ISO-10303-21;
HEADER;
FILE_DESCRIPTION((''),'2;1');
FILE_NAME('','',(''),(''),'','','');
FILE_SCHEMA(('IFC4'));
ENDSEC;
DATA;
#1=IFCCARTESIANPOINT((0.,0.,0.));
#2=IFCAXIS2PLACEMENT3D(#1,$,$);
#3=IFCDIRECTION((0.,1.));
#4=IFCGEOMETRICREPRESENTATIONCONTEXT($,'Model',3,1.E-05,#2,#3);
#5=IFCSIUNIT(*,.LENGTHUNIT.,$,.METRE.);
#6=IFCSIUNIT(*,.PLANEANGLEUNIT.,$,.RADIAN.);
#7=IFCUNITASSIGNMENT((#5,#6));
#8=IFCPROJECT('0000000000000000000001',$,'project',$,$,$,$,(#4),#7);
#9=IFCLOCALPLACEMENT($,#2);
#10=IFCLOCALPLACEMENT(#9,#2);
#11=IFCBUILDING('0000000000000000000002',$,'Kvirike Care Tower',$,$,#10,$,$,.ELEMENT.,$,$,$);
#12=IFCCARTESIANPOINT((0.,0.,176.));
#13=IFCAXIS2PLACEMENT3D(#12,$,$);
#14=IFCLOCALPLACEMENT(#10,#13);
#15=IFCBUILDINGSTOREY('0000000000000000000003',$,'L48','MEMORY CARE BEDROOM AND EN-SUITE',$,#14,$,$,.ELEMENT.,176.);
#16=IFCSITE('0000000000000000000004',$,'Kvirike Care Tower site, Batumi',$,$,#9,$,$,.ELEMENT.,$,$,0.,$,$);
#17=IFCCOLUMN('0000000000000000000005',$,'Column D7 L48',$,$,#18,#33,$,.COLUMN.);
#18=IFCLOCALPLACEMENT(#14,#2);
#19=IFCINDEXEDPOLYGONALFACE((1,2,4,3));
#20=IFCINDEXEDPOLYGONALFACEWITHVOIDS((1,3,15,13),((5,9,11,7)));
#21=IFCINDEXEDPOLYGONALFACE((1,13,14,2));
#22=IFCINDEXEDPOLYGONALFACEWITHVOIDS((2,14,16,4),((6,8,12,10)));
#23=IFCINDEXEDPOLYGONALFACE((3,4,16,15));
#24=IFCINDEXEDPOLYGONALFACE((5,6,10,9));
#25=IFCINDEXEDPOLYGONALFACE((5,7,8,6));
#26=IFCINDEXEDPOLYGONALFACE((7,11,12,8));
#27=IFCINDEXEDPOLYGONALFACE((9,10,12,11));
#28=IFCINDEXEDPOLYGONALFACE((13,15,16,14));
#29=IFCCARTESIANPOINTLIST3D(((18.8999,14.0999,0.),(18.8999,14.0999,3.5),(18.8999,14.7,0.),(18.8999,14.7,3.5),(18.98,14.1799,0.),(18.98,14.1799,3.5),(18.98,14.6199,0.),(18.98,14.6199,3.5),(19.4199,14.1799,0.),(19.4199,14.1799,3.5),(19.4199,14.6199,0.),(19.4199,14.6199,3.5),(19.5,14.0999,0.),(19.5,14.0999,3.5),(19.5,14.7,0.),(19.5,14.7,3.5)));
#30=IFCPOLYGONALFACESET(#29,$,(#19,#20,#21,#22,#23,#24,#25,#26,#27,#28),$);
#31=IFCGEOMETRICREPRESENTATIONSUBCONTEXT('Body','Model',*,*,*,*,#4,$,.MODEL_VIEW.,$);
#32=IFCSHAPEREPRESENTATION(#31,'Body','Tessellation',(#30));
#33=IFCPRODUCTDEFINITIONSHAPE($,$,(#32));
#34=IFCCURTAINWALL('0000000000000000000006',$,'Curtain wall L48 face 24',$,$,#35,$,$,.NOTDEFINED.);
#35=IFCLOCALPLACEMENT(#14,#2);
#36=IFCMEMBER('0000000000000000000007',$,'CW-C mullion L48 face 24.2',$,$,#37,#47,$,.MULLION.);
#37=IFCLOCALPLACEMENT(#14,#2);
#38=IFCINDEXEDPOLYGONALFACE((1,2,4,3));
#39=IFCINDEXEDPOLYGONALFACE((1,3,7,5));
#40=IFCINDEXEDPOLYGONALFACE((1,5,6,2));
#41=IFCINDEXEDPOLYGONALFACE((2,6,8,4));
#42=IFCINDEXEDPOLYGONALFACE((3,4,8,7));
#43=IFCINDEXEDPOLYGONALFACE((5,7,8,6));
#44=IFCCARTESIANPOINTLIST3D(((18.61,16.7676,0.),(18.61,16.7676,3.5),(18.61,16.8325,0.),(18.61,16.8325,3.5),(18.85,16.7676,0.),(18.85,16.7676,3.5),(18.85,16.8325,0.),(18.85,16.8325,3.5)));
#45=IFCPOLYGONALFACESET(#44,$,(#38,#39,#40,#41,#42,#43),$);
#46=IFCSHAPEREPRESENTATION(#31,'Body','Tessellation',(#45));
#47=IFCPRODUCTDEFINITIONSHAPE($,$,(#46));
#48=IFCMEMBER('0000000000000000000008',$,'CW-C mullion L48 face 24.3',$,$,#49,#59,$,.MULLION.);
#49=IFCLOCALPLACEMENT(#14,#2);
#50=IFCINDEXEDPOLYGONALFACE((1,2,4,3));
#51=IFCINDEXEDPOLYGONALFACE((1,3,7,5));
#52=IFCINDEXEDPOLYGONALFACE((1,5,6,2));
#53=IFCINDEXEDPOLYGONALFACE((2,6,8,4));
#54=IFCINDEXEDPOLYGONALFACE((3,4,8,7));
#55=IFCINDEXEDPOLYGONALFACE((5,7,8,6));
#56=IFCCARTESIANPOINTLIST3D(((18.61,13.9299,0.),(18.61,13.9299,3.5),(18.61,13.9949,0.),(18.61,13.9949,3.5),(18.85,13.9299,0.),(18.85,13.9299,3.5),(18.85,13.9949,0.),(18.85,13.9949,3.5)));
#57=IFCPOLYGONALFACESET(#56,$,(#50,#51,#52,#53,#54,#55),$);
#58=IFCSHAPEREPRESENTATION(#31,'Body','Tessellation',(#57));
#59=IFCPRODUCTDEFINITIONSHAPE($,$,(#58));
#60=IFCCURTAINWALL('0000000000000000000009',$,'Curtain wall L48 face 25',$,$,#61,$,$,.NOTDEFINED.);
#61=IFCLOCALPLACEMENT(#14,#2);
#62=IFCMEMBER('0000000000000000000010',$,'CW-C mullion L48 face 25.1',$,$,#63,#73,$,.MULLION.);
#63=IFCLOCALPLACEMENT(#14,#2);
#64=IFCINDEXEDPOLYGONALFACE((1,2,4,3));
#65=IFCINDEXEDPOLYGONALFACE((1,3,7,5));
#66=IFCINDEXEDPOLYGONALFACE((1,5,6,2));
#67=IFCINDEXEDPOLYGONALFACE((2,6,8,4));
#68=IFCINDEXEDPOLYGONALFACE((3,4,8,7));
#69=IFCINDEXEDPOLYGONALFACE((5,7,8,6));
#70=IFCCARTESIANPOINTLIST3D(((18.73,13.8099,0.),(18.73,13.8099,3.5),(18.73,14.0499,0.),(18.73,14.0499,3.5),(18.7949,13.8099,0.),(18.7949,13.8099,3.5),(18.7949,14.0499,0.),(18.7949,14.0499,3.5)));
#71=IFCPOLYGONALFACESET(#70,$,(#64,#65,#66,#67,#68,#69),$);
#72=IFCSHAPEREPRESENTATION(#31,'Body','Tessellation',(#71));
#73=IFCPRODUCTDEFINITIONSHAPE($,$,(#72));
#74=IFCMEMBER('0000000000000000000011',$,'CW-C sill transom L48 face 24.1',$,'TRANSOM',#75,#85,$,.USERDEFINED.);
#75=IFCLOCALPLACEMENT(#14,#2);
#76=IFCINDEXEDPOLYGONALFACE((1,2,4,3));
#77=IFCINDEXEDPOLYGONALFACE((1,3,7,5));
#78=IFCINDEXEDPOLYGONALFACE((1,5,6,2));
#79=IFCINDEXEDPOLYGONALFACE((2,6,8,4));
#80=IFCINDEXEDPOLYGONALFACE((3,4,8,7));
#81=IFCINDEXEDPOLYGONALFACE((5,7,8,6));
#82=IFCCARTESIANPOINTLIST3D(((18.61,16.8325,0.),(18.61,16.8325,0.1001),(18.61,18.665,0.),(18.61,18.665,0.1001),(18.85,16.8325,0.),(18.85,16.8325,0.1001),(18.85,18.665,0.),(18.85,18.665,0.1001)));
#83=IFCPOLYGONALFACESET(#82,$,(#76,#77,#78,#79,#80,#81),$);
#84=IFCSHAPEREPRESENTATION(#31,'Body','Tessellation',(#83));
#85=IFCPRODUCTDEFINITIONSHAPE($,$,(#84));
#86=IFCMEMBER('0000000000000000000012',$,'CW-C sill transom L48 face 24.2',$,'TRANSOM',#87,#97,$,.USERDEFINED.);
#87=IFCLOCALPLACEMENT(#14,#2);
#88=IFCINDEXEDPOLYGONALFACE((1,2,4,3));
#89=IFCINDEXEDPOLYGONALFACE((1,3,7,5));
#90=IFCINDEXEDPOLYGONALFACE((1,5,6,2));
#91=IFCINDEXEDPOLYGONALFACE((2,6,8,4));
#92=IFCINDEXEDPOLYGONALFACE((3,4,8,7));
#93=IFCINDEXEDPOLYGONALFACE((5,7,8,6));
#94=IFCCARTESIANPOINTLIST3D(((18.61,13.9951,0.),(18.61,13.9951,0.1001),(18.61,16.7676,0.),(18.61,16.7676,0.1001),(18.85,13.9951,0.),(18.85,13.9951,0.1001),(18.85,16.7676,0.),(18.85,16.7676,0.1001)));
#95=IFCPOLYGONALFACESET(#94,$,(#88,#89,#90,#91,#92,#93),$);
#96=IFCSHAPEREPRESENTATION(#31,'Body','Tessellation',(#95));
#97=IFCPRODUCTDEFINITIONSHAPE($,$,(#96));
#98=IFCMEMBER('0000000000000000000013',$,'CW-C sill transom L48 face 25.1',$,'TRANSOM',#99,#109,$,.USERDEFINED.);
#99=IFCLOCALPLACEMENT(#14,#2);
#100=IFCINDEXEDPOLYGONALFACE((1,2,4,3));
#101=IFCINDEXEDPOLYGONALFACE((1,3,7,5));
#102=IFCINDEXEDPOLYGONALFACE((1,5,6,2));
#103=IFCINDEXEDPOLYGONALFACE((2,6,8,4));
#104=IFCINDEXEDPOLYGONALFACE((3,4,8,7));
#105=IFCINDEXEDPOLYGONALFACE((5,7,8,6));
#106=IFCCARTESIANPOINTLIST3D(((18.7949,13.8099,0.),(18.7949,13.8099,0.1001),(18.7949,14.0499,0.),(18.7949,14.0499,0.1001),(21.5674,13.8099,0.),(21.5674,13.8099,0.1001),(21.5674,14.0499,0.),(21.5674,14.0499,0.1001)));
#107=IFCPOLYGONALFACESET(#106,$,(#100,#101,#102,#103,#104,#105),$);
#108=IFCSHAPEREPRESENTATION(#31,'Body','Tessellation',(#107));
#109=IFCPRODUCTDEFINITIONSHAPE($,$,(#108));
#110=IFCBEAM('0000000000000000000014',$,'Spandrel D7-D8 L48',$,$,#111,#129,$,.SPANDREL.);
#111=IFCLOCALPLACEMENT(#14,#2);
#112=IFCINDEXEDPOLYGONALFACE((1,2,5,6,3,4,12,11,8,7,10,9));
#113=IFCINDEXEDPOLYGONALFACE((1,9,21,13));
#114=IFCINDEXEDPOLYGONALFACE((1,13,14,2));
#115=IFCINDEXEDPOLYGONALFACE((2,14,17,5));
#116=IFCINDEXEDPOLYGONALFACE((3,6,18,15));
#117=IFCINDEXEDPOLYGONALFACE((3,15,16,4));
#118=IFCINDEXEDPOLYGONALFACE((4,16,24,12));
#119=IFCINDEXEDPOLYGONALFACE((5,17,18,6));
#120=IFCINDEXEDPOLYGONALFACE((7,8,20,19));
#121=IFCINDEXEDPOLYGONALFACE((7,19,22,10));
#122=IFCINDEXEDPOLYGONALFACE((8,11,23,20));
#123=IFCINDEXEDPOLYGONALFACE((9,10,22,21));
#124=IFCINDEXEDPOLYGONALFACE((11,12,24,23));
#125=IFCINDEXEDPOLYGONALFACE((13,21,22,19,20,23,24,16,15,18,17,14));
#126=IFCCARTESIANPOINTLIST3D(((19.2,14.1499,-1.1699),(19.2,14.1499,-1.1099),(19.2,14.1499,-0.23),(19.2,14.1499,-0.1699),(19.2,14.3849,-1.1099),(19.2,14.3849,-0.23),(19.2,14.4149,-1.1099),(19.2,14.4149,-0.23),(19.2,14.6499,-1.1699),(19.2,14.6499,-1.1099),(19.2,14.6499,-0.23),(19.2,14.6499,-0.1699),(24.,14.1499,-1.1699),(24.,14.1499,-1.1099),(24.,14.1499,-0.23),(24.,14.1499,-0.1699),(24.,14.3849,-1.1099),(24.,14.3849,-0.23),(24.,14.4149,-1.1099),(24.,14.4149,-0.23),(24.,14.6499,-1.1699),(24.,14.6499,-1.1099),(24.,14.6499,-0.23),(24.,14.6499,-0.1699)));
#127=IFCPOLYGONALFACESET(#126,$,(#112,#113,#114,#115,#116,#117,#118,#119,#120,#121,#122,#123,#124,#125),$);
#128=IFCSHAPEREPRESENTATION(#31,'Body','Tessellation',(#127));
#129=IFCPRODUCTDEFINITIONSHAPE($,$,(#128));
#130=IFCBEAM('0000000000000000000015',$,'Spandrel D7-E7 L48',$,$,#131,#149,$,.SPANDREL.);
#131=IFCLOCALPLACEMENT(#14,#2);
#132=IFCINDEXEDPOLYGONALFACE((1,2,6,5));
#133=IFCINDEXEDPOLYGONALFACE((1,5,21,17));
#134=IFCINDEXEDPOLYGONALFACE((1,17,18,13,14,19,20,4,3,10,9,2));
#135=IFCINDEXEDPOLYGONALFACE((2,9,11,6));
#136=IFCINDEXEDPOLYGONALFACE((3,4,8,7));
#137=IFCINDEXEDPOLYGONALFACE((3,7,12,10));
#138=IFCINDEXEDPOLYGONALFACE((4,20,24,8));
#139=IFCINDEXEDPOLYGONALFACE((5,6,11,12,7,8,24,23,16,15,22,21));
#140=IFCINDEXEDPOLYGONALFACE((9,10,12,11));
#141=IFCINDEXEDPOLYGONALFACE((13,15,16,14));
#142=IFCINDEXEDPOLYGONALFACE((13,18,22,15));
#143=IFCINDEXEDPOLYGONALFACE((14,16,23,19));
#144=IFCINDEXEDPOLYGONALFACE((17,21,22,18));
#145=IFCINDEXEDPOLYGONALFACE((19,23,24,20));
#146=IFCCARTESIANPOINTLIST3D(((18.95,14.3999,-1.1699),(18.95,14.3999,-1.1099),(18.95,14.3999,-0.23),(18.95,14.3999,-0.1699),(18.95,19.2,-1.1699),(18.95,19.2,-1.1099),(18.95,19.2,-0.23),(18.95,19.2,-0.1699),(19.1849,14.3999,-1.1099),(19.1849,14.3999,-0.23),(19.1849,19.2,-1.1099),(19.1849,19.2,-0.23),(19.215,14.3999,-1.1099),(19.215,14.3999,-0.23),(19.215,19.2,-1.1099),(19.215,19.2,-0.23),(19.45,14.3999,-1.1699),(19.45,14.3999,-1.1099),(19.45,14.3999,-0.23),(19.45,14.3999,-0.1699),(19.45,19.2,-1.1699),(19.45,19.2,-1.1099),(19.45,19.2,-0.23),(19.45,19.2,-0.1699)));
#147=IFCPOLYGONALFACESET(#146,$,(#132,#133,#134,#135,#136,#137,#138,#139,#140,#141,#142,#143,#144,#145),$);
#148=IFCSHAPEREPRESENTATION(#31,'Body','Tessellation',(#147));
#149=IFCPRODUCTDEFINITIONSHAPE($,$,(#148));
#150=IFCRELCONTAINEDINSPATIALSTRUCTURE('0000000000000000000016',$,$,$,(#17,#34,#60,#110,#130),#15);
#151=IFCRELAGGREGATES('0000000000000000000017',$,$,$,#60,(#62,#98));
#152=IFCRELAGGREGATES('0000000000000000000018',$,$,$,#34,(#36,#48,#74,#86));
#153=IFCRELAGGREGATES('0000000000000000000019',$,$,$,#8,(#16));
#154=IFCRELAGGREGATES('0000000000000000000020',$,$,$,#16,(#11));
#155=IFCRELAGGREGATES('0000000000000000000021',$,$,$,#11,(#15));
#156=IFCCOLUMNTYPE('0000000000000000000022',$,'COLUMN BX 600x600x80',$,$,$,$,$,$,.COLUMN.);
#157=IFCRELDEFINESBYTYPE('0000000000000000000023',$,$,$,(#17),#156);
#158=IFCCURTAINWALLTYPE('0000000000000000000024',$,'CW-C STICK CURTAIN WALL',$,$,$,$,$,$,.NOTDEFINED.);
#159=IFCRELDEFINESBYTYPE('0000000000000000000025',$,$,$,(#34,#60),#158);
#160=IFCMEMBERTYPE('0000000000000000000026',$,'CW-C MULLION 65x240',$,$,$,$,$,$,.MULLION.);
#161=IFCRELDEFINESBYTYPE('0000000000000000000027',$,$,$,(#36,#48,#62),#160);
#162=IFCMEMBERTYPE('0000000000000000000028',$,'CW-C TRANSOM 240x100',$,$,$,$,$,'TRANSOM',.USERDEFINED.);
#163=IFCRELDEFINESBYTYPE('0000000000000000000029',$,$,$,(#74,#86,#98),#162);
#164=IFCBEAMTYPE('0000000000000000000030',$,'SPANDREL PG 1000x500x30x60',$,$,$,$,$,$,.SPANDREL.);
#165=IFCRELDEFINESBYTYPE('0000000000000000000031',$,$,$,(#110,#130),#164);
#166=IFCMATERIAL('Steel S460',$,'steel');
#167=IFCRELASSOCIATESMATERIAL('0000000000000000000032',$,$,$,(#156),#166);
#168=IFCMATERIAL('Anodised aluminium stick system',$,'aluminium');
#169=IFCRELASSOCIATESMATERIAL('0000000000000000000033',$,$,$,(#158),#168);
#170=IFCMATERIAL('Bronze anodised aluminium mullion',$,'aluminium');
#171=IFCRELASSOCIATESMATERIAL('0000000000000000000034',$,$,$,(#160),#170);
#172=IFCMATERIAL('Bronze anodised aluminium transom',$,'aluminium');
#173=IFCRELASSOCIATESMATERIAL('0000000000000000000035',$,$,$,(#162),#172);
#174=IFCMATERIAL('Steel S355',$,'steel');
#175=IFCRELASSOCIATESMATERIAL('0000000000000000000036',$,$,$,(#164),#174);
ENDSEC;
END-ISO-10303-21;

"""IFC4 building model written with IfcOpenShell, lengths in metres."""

from ifc_helpers import new_model, si_unit, direction, frame, origin, origin_2d, place, context, subcontext, project, spatial, rectangle, hollow_rectangle, i_section, extrude, material, material_profile, profile_set, type_object, element, aggregate, save


model = new_model("IFC4")

# Units and contexts
model_context = context("Model", 3, precision=1e-05, world=origin(), true_north=direction((0.0, 1.0)))
body_context = subcontext(model_context, "Body", "Model", "MODEL_VIEW")
ifc_project = project(units=[si_unit("LENGTHUNIT", "METRE"), si_unit("PLANEANGLEUNIT", "RADIAN")], contexts=[model_context])

# Site, building, storey
site_placement = place(None, origin())
site = spatial("IfcSite", under=ifc_project, at=site_placement, Name="Kvirike Care Tower site, Batumi", CompositionType="ELEMENT", RefElevation=0.0)
building_placement = place(site_placement, origin())
building = spatial("IfcBuilding", under=site, at=building_placement, Name="Kvirike Care Tower", CompositionType="ELEMENT")
storey_placement = place(building_placement, frame((0.0, 0.0, 176.0)))
storey = spatial("IfcBuildingStorey", under=building, at=storey_placement, Name="L48", Description="MEMORY CARE BEDROOM AND EN-SUITE", CompositionType="ELEMENT", Elevation=176.0)

# Column
ifc_material_1 = material(Name="Steel S460", Category="steel")
ifc_material_profile_1 = material_profile(ifc_material_1, hollow_rectangle(XDim=0.6001, YDim=0.6001, WallThickness=0.0801, at=origin_2d()), Name="BX 600x600x80")
ifc_profile_set_1 = profile_set([ifc_material_profile_1], Name="Steel S460")
column_type = type_object("IfcColumnType", Name="COLUMN BX 600x600x80", PredefinedType="COLUMN", material=ifc_profile_set_1)
column_placement = place(storey_placement, frame((19.2, 14.3999, 0.0), z_axis=(0.0, 0.0, 1.0), x_axis=(0.0, 1.0, 0.0)))
element("IfcColumn", 1, at=column_placement, inside=storey, type_object=column_type, Name="Column D7 L48", PredefinedType="COLUMN", context=body_context, shape_type="SweptSolid", body=[
    extrude(hollow_rectangle(XDim=0.6001, YDim=0.6001, WallThickness=0.0801, at=origin_2d()), origin(), (0.0, 0.0, 1.0), 3.5),
])

# Curtain wall, members
ifc_material_2 = material(Name="Anodised aluminium stick system", Category="aluminium")
curtain_wall_type = type_object("IfcCurtainWallType", Name="CW-C STICK CURTAIN WALL", PredefinedType="NOTDEFINED", material=ifc_material_2)
curtain_wall_1_placement = place(storey_placement, origin())
curtain_wall_1 = element("IfcCurtainWall", 2, at=curtain_wall_1_placement, inside=storey, type_object=curtain_wall_type, Name="Curtain wall L48 face 24", PredefinedType="NOTDEFINED")
ifc_material_3 = material(Name="Bronze anodised aluminium mullion", Category="aluminium")
ifc_material_profile_2 = material_profile(ifc_material_3, rectangle(XDim=0.0649, YDim=0.24, at=origin_2d()), Name="CW-C MULLION 65x240")
ifc_profile_set_2 = profile_set([ifc_material_profile_2], Name="Bronze anodised aluminium mullion")
member_type_1 = type_object("IfcMemberType", Name="CW-C MULLION 65x240", PredefinedType="MULLION", material=ifc_profile_set_2)
member_1_placement = place(storey_placement, frame((18.73, 16.8, 0.0), z_axis=(0.0, 0.0, 1.0), x_axis=(0.0, -1.0, 0.0)))
member_1 = element("IfcMember", 3, at=member_1_placement, type_object=member_type_1, Name="CW-C mullion L48 face 24.2", PredefinedType="MULLION", context=body_context, shape_type="SweptSolid", body=[
    extrude(rectangle(XDim=0.0649, YDim=0.24, at=origin_2d()), origin(), (0.0, 0.0, 1.0), 3.5),
])
member_2_placement = place(storey_placement, frame((18.73, 13.9624, 0.0), z_axis=(0.0, 0.0, 1.0), x_axis=(0.0, -1.0, 0.0)))
member_2 = element("IfcMember", 4, at=member_2_placement, type_object=member_type_1, Name="CW-C mullion L48 face 24.3", PredefinedType="MULLION", context=body_context, shape_type="SweptSolid", body=[
    extrude(rectangle(XDim=0.0649, YDim=0.24, at=origin_2d()), origin(), (0.0, 0.0, 1.0), 3.5),
])

# Curtain wall, member
curtain_wall_2_placement = place(storey_placement, origin())
curtain_wall_2 = element("IfcCurtainWall", 5, at=curtain_wall_2_placement, inside=storey, type_object=curtain_wall_type, Name="Curtain wall L48 face 25", PredefinedType="NOTDEFINED")
member_3_placement = place(storey_placement, frame((18.7625, 13.9299, 0.0), z_axis=(0.0, 0.0, 1.0), x_axis=(1.0, 0.0, 0.0)))
member_3 = element("IfcMember", 6, at=member_3_placement, type_object=member_type_1, Name="CW-C mullion L48 face 25.1", PredefinedType="MULLION", context=body_context, shape_type="SweptSolid", body=[
    extrude(rectangle(XDim=0.0649, YDim=0.24, at=origin_2d()), origin(), (0.0, 0.0, 1.0), 3.5),
])

# Members
ifc_material_4 = material(Name="Bronze anodised aluminium transom", Category="aluminium")
ifc_material_profile_3 = material_profile(ifc_material_4, rectangle(XDim=0.24, YDim=0.1001, at=origin_2d()), Name="CW-C TRANSOM 240x100")
ifc_profile_set_3 = profile_set([ifc_material_profile_3], Name="Bronze anodised aluminium transom")
member_type_2 = type_object("IfcMemberType", Name="CW-C TRANSOM 240x100", ElementType="TRANSOM", PredefinedType="USERDEFINED", material=ifc_profile_set_3)
member_4_placement = place(storey_placement, frame((18.73, 18.665, 0.05), z_axis=(0.0, -1.0, 0.0), x_axis=(1.0, 0.0, 0.0)))
member_4 = element("IfcMember", 7, at=member_4_placement, type_object=member_type_2, Name="CW-C sill transom L48 face 24.1", ObjectType="TRANSOM", PredefinedType="USERDEFINED", context=body_context, shape_type="SweptSolid", body=[
    extrude(rectangle(XDim=0.24, YDim=0.1001, at=origin_2d()), origin(), (0.0, 0.0, 1.0), 1.8325),
])
member_5_placement = place(storey_placement, frame((18.73, 16.7676, 0.05), z_axis=(0.0, -1.0, 0.0), x_axis=(1.0, 0.0, 0.0)))
member_5 = element("IfcMember", 8, at=member_5_placement, type_object=member_type_2, Name="CW-C sill transom L48 face 24.2", ObjectType="TRANSOM", PredefinedType="USERDEFINED", context=body_context, shape_type="SweptSolid", body=[
    extrude(rectangle(XDim=0.24, YDim=0.1001, at=origin_2d()), origin(), (0.0, 0.0, 1.0), 2.7725),
])
member_6_placement = place(storey_placement, frame((18.7949, 13.9299, 0.05), z_axis=(1.0, 0.0, 0.0), x_axis=(0.0, 1.0, 0.0)))
member_6 = element("IfcMember", 9, at=member_6_placement, type_object=member_type_2, Name="CW-C sill transom L48 face 25.1", ObjectType="TRANSOM", PredefinedType="USERDEFINED", context=body_context, shape_type="SweptSolid", body=[
    extrude(rectangle(XDim=0.24, YDim=0.1001, at=origin_2d()), origin(), (0.0, 0.0, 1.0), 2.7725),
])
aggregate(curtain_wall_2, [member_3, member_6])

# Beams
ifc_material_5 = material(Name="Steel S355", Category="steel")
ifc_material_profile_4 = material_profile(ifc_material_5, i_section(OverallWidth=0.5, OverallDepth=1.0, WebThickness=0.03, FlangeThickness=0.0601, at=origin_2d()), Name="PG 1000x500x30x60")
ifc_profile_set_4 = profile_set([ifc_material_profile_4], Name="Steel S355")
beam_type = type_object("IfcBeamType", Name="SPANDREL PG 1000x500x30x60", PredefinedType="SPANDREL", material=ifc_profile_set_4)
for number, where, z_axis, x_axis, name in (
    (10, (19.2, 14.3999, -0.6699), (1.0, 0.0, 0.0), (0.0, 1.0, 0.0), "Spandrel D7-D8 L48"),
    (11, (19.2, 14.3999, -0.6699), (0.0, 1.0, 0.0), (-1.0, 0.0, 0.0), "Spandrel D7-E7 L48"),
):
    element("IfcBeam", number, at=place(storey_placement, frame(where, z_axis=z_axis, x_axis=x_axis)), inside=storey, type_object=beam_type, Name=name, PredefinedType="SPANDREL", context=body_context, shape_type="SweptSolid", body=[
        extrude(i_section(OverallWidth=0.5, OverallDepth=1.0, WebThickness=0.03, FlangeThickness=0.0601, at=origin_2d()), origin(), (0.0, 0.0, 1.0), 4.8),
    ])

aggregate(curtain_wall_1, [member_1, member_2, member_4, member_5])

save(model, "model.ifc")
